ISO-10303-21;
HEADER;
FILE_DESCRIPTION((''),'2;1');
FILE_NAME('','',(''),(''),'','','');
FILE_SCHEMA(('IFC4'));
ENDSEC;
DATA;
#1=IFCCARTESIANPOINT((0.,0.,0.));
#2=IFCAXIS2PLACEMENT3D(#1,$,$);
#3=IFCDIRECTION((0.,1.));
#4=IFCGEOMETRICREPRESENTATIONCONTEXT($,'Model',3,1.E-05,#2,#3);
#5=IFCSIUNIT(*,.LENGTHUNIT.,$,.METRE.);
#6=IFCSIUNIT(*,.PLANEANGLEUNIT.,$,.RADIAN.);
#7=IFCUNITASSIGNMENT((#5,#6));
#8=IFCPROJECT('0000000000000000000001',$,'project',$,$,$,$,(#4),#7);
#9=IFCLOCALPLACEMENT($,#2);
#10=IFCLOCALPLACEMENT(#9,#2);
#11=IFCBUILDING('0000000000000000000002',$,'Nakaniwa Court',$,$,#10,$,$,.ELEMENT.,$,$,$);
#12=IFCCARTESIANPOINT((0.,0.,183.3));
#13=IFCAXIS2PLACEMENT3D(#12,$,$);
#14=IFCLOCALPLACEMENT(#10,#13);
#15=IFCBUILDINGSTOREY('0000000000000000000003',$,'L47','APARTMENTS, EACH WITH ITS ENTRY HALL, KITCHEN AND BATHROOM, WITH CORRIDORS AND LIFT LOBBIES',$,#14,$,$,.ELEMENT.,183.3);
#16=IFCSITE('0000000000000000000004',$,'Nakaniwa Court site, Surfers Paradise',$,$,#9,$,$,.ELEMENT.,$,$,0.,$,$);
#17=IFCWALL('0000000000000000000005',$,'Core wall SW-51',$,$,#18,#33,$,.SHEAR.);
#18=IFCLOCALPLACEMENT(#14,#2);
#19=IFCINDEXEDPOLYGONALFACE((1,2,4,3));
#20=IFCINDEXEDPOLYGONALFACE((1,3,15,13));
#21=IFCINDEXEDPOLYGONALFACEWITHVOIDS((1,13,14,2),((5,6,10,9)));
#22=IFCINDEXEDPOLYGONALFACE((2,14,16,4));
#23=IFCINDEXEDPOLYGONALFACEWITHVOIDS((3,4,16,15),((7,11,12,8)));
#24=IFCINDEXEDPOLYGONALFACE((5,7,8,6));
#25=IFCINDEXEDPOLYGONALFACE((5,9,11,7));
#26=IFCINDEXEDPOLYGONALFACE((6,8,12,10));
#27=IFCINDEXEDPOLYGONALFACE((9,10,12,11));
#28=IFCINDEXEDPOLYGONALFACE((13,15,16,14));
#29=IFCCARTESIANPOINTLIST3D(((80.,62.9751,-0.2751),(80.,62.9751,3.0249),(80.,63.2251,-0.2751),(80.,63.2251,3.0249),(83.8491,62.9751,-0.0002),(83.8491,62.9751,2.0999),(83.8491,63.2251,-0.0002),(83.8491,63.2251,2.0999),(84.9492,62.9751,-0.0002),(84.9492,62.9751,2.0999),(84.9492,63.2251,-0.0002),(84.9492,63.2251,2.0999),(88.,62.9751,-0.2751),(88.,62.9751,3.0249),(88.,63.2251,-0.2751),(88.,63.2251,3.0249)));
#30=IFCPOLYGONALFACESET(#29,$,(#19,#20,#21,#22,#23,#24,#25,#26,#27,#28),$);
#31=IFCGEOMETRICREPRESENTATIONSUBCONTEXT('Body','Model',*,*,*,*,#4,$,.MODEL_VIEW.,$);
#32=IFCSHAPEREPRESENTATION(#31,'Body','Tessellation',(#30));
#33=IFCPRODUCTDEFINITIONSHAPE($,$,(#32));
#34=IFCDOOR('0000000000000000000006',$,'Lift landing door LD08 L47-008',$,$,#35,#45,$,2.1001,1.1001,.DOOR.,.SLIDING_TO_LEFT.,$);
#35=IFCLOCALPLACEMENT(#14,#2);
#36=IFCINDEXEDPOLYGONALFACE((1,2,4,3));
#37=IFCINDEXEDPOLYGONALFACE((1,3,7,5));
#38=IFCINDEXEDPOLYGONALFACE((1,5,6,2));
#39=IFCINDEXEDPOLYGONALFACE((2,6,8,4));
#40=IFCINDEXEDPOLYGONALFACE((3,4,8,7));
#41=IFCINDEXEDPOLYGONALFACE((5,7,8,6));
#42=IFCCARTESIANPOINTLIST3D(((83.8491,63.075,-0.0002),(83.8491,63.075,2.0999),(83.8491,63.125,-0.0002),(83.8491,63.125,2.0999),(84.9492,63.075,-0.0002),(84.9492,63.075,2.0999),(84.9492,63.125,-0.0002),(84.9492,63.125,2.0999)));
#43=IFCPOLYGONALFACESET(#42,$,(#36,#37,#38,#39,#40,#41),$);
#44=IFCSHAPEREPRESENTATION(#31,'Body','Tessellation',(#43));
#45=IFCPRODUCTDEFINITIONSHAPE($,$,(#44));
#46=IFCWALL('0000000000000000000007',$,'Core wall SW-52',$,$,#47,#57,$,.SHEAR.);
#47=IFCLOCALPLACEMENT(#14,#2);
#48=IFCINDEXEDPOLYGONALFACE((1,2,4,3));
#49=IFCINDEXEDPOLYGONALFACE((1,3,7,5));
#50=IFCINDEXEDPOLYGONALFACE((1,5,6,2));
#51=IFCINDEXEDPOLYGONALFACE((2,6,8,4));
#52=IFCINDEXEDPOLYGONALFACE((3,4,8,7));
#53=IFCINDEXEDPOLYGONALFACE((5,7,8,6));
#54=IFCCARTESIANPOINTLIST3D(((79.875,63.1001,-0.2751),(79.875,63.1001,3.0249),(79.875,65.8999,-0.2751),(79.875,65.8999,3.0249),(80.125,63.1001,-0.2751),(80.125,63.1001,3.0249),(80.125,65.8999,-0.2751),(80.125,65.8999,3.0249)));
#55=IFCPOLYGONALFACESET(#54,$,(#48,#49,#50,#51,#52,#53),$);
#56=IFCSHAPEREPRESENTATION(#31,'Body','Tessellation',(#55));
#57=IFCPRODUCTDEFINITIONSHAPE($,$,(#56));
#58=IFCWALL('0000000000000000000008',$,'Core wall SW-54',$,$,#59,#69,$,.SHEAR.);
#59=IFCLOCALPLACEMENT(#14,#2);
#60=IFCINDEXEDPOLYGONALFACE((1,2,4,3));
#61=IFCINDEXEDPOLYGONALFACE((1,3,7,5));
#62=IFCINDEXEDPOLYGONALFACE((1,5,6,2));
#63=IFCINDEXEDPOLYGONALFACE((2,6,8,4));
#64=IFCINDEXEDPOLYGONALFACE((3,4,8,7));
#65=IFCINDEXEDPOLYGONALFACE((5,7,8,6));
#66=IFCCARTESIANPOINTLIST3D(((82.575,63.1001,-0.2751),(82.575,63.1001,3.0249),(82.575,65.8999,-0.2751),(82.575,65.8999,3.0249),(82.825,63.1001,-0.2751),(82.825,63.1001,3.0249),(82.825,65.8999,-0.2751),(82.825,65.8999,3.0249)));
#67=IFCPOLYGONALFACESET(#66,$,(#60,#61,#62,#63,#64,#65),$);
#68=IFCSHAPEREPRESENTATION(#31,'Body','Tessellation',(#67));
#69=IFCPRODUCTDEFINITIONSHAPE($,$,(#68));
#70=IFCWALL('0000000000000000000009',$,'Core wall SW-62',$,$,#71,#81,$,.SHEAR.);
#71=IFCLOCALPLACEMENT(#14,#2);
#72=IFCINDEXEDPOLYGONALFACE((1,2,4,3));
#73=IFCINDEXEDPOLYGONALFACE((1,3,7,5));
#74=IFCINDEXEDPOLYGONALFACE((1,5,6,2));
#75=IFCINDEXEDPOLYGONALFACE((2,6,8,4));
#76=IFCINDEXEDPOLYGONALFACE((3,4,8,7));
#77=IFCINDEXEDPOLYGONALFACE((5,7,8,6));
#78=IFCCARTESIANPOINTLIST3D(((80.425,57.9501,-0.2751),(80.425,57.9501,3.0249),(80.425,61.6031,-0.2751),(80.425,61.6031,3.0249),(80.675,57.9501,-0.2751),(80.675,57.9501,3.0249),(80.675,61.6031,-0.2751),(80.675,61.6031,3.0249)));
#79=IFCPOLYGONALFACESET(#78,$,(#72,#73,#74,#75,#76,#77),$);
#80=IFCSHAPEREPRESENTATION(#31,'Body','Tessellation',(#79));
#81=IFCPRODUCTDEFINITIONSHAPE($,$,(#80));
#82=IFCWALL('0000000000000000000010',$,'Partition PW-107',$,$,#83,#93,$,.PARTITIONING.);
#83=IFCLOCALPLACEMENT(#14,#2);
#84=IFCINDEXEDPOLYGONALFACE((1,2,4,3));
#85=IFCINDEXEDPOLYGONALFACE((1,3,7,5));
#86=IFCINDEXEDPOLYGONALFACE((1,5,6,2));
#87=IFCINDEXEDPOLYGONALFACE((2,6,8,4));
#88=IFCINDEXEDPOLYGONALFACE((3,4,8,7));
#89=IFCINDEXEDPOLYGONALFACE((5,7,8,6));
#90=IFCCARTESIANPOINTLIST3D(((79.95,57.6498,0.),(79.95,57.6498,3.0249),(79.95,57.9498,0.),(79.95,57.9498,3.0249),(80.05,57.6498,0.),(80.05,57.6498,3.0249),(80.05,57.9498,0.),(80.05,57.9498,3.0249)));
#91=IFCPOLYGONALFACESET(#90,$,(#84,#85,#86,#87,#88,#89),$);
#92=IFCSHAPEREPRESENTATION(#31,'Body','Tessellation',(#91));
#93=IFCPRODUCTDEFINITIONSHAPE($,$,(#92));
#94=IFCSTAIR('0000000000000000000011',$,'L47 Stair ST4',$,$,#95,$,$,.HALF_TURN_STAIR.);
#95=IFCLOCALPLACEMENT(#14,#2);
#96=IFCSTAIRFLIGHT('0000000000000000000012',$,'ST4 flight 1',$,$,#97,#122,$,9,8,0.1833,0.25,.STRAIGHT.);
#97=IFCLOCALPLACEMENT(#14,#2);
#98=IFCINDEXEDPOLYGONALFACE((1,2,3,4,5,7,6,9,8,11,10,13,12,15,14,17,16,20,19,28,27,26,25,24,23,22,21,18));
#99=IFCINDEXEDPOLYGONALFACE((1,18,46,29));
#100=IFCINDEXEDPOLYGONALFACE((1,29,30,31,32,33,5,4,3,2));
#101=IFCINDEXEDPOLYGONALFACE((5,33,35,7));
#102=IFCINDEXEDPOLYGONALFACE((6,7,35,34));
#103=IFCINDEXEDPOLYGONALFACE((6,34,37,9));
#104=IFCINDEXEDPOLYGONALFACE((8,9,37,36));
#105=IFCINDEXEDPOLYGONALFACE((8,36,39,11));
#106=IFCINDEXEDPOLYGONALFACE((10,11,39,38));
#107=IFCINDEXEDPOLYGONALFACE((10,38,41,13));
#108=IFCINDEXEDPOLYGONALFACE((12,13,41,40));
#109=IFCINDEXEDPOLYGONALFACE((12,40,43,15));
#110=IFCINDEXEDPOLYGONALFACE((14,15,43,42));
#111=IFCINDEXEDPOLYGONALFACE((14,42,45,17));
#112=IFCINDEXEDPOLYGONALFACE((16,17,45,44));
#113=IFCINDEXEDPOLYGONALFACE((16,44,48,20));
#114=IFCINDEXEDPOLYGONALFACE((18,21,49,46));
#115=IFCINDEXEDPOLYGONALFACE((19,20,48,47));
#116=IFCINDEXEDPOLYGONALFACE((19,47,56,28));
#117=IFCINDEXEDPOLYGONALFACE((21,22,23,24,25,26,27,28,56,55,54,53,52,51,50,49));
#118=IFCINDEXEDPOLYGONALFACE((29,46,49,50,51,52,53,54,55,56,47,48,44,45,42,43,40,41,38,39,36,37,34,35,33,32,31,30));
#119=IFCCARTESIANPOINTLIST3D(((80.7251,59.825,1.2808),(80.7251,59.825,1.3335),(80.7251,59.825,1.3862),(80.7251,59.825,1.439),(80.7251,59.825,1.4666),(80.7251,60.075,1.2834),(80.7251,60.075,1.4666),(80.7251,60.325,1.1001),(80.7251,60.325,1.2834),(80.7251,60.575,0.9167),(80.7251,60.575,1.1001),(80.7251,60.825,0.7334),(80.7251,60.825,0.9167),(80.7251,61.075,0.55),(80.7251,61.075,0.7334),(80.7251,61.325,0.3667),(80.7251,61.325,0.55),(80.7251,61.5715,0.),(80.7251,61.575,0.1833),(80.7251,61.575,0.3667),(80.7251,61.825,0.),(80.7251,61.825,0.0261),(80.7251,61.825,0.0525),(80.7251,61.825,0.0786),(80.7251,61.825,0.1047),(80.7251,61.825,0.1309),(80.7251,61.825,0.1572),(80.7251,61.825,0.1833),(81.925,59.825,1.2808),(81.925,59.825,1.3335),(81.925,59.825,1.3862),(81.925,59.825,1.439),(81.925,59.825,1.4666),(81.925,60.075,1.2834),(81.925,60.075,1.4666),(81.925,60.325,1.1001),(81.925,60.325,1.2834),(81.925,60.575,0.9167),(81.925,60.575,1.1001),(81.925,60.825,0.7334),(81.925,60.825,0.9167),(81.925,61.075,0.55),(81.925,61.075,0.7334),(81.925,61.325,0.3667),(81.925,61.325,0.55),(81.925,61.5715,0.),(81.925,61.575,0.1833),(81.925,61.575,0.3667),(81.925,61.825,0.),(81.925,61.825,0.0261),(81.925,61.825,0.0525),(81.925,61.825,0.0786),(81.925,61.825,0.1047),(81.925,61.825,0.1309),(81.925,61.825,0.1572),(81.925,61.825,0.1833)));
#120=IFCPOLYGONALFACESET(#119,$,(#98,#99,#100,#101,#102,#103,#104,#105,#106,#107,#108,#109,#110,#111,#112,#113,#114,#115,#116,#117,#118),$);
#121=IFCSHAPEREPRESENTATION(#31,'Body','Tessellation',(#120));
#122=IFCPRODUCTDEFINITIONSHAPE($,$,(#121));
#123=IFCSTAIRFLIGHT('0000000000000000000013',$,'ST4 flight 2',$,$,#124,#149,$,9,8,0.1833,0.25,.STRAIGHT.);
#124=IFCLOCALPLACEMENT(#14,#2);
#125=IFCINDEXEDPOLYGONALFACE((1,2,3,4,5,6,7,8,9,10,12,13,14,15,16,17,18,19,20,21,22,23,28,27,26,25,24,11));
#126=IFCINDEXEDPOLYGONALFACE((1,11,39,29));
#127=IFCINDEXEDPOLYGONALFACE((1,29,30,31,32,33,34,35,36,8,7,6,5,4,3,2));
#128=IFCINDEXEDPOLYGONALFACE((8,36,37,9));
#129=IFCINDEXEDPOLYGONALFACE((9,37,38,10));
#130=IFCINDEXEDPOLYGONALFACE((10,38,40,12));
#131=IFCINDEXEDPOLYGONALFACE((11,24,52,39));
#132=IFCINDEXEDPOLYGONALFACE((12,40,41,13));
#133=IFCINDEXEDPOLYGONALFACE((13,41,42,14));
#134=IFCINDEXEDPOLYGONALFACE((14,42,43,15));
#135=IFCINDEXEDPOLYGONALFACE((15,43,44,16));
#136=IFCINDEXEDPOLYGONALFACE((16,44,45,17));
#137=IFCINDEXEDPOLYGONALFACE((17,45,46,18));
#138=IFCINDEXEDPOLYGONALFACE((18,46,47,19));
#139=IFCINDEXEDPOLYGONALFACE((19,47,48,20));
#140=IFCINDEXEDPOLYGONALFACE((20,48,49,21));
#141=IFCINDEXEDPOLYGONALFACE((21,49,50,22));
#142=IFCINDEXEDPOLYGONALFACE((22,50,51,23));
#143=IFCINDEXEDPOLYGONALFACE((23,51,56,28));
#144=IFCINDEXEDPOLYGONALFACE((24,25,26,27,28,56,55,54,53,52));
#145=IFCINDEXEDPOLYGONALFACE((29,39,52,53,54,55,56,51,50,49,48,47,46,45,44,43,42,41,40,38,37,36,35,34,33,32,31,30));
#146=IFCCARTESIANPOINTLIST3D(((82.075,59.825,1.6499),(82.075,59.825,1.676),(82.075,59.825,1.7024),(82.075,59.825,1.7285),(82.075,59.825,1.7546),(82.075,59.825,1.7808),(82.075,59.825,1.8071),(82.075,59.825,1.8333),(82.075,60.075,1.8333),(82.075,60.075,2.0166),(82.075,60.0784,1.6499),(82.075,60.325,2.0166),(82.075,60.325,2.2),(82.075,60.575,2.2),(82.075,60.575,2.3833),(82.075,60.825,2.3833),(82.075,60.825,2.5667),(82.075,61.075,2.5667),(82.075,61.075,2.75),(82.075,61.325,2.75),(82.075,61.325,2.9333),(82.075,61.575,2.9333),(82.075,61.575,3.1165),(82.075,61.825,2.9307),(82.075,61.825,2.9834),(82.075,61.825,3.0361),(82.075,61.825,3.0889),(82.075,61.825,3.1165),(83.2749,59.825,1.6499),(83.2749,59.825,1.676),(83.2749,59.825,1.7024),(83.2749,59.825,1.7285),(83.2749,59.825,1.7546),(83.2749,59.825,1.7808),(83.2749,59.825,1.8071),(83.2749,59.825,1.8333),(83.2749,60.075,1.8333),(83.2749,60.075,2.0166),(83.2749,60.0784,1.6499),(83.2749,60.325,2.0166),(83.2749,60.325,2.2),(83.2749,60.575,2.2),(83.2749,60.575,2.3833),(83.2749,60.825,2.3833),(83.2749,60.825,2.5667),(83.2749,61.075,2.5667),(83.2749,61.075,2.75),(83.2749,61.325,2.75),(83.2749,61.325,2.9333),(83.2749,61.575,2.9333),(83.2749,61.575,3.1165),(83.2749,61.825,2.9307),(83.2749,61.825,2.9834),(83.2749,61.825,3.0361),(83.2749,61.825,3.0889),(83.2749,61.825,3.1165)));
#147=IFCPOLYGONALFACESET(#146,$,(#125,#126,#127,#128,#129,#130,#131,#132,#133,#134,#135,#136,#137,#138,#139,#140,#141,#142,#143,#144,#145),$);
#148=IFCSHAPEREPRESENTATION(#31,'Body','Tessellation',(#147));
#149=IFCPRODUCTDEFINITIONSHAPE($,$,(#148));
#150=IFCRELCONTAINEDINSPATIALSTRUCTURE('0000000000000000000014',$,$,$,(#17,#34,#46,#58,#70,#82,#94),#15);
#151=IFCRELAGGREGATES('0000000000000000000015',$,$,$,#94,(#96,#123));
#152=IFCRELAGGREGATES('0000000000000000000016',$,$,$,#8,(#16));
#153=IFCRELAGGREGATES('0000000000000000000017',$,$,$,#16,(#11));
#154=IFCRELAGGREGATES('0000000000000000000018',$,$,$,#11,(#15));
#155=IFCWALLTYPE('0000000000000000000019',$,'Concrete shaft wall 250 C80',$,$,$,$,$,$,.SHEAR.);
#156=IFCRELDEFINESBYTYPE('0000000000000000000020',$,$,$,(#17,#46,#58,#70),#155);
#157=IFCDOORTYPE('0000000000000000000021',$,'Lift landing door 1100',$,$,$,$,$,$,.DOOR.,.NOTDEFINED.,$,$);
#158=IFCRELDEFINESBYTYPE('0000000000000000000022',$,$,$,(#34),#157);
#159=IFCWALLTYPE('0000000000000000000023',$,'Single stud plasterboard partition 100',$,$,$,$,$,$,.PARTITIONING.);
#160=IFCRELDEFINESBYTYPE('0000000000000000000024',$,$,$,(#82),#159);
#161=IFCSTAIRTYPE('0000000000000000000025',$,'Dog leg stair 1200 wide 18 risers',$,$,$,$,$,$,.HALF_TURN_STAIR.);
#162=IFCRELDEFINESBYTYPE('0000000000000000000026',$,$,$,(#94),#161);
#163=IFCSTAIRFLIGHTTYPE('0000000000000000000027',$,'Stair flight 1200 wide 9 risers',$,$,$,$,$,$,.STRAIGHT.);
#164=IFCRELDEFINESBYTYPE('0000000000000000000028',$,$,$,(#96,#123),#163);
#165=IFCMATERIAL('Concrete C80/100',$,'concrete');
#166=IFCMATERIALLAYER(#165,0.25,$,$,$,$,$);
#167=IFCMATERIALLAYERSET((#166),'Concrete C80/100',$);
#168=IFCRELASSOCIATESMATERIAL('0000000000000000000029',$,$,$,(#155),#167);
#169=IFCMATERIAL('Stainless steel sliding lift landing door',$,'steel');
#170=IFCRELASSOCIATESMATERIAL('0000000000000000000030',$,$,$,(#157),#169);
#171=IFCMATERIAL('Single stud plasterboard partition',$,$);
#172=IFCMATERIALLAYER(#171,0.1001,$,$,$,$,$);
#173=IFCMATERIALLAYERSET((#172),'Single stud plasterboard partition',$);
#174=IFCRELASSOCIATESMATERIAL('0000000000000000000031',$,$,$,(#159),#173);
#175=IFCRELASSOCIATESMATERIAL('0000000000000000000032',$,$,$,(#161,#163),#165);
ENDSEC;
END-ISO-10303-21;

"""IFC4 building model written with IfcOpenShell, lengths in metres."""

from ifc_helpers import new_model, si_unit, direction, frame, frame_2d, origin, place, context, subcontext, project, spatial, polyline, rectangle, outline, extrude, material, layer, layer_set, type_object, element, fill, aggregate, save


model = new_model("IFC4")

# Units and contexts
model_context = context("Model", 3, precision=1e-05, world=origin(), true_north=direction((0.0, 1.0)))
body_context = subcontext(model_context, "Body", "Model", "MODEL_VIEW")
ifc_project = project(units=[si_unit("LENGTHUNIT", "METRE"), si_unit("PLANEANGLEUNIT", "RADIAN")], contexts=[model_context])

# Site, building, storey
site_placement = place(None, origin())
site = spatial("IfcSite", under=ifc_project, at=site_placement, Name="Nakaniwa Court site, Surfers Paradise", CompositionType="ELEMENT", RefElevation=0.0)
building_placement = place(site_placement, origin())
building = spatial("IfcBuilding", under=site, at=building_placement, Name="Nakaniwa Court", CompositionType="ELEMENT")
storey_placement = place(building_placement, frame((0.0, 0.0, 183.3)))
storey = spatial("IfcBuildingStorey", under=building, at=storey_placement, Name="L47", Description="APARTMENTS, EACH WITH ITS ENTRY HALL, KITCHEN AND BATHROOM, WITH CORRIDORS AND LIFT LOBBIES", CompositionType="ELEMENT", Elevation=183.3)

# Shared definitions
ifc_material_1 = material(Name="Concrete C80/100", Category="concrete")

# Shared definitions
ifc_layer_1 = layer(ifc_material_1, 0.25)
ifc_layer_set_1 = layer_set([ifc_layer_1], Name="Concrete C80/100")
wall_type_1 = type_object("IfcWallType", Name="Concrete shaft wall 250 C80", PredefinedType="SHEAR", material=ifc_layer_set_1)

# Wall, opening, door
wall_1_placement = place(storey_placement, frame((80.0, 63.1001, -0.2751), z_axis=(0.0, 0.0, 1.0), x_axis=(1.0, 0.0, 0.0)))
wall_1 = element("IfcWall", 1, at=wall_1_placement, inside=storey, type_object=wall_type_1, Name="Core wall SW-51", PredefinedType="SHEAR", context=body_context, shape_type="SweptSolid", body=[
    extrude(rectangle(XDim=8.0, YDim=0.25, at=frame_2d((4.0, 0.0))), origin(), (0.0, 0.0, 1.0), 3.3),
])
opening_1_placement = place(wall_1_placement, frame((3.8491, 0.0, 0.2749)))
opening_1 = element("IfcOpeningElement", 2, at=opening_1_placement, cuts=wall_1, PredefinedType="OPENING", context=body_context, shape_type="SweptSolid", body=[
    extrude(rectangle(XDim=1.1001, YDim=2.1001, at=frame_2d((0.55, 1.05))), frame((0.0, 0.135, 0.0), z_axis=(0.0, -1.0, 0.0), x_axis=(1.0, 0.0, 0.0)), (0.0, 0.0, 1.0), 0.27),
])
ifc_material_2 = material(Name="Stainless steel sliding lift landing door", Category="steel")
door_type_1 = type_object("IfcDoorType", Name="Lift landing door 1100", OperationType="NOTDEFINED", PredefinedType="DOOR", material=ifc_material_2)
door_1_placement = place(opening_1_placement, origin())
door_1 = element("IfcDoor", 3, at=door_1_placement, inside=storey, type_object=door_type_1, Name="Lift landing door LD08 L47-008", OperationType="SLIDING_TO_LEFT", OverallHeight=2.1001, OverallWidth=1.1001, PredefinedType="DOOR", context=body_context, shape_type="SweptSolid", body=[
    extrude(rectangle(XDim=1.1001, YDim=2.1001, at=frame_2d((0.55, 1.05))), frame((0.0, 0.0249, 0.0), z_axis=(0.0, -1.0, 0.0), x_axis=(1.0, 0.0, 0.0)), (0.0, 0.0, 1.0), 0.05),
])
fill(opening_1, door_1)

# Walls
for number, where, z_axis, x_axis, name in (
    (4, (80.0, 63.1001, -0.2751), (0.0, 0.0, 1.0), (0.0, 1.0, 0.0), "Core wall SW-52"),
    (5, (82.7, 63.1001, -0.2751), (0.0, 0.0, 1.0), (0.0, 1.0, 0.0), "Core wall SW-54"),
):
    element("IfcWall", number, at=place(storey_placement, frame(where, z_axis=z_axis, x_axis=x_axis)), inside=storey, type_object=wall_type_1, Name=name, PredefinedType="SHEAR", context=body_context, shape_type="SweptSolid", body=[
        extrude(rectangle(XDim=2.7998, YDim=0.25, at=frame_2d((1.3999, 0.0))), origin(), (0.0, 0.0, 1.0), 3.3),
    ])
wall_2_placement = place(storey_placement, frame((80.55, 57.95, -0.2751), z_axis=(0.0, 0.0, 1.0), x_axis=(0.0, 1.0, 0.0)))
element("IfcWall", 6, at=wall_2_placement, inside=storey, type_object=wall_type_1, Name="Core wall SW-62", PredefinedType="SHEAR", context=body_context, shape_type="SweptSolid", body=[
    extrude(rectangle(XDim=3.6531, YDim=0.25, at=frame_2d((1.8267, 0.0))), origin(), (0.0, 0.0, 1.0), 3.3),
])
ifc_material_3 = material(Name="Single stud plasterboard partition")
ifc_layer_2 = layer(ifc_material_3, 0.1001)
ifc_layer_set_2 = layer_set([ifc_layer_2], Name="Single stud plasterboard partition")
wall_type_2 = type_object("IfcWallType", Name="Single stud plasterboard partition 100", PredefinedType="PARTITIONING", material=ifc_layer_set_2)
wall_3_placement = place(storey_placement, frame((80.0, 57.6499, 0.0), z_axis=(0.0, 0.0, 1.0), x_axis=(0.0, 1.0, 0.0)))
element("IfcWall", 7, at=wall_3_placement, inside=storey, type_object=wall_type_2, Name="Partition PW-107", PredefinedType="PARTITIONING", context=body_context, shape_type="SweptSolid", body=[
    extrude(rectangle(XDim=0.3, YDim=0.1001, at=frame_2d((0.1499, 0.0))), origin(), (0.0, 0.0, 1.0), 3.0249),
])

# Stair, stair flights
stair_type = type_object("IfcStairType", Name="Dog leg stair 1200 wide 18 risers", PredefinedType="HALF_TURN_STAIR", material=ifc_material_1)
stair_placement = place(storey_placement, origin())
stair = element("IfcStair", 8, at=stair_placement, inside=storey, type_object=stair_type, Name="L47 Stair ST4", PredefinedType="HALF_TURN_STAIR")
stair_flight_type = type_object("IfcStairFlightType", Name="Stair flight 1200 wide 9 risers", PredefinedType="STRAIGHT", material=ifc_material_1)
stair_flight_1_placement = place(storey_placement, frame((81.325, 61.825, 0.0), z_axis=(0.0, 0.0, 1.0), x_axis=(0.0, -1.0, 0.0)))
stair_flight_1 = element("IfcStairFlight", 9, at=stair_flight_1_placement, type_object=stair_flight_type, Name="ST4 flight 1", NumberOfRisers=9, NumberOfTreads=8, PredefinedType="STRAIGHT", RiserHeight=0.1833, TreadLength=0.25, context=body_context, shape_type="SweptSolid", body=[
    extrude(outline(polyline([(0.0, 0.0), (0.0, 0.0261), (0.0, 0.0525), (0.0, 0.0786), (0.0, 0.1047), (0.0, 0.1309), (0.0, 0.1572), (0.0, 0.1833), (0.25, 0.1833), (0.25, 0.3667), (0.5, 0.3667), (0.5, 0.55), (0.75, 0.55), (0.75, 0.7334), (1.0, 0.7334), (1.0, 0.9167), (1.25, 0.9167), (1.25, 1.1001), (1.5, 1.1001), (1.5, 1.2834), (1.75, 1.2834), (1.75, 1.4666), (2.0, 1.4666), (2.0, 1.6499), (2.0, 1.5972), (2.0, 1.5444), (2.0, 1.4917), (2.0, 1.439), (2.0, 1.3862), (2.0, 1.3335), (2.0, 1.2808), (0.2534, 0.0), (0.0, 0.0)])), frame((0.0, 0.6001, 0.0), z_axis=(0.0, -1.0, 0.0), x_axis=(1.0, 0.0, 0.0)), (0.0, 0.0, 1.0), 1.2),
])
stair_flight_2_placement = place(storey_placement, frame((82.675, 59.825, 1.6499), z_axis=(0.0, 0.0, 1.0), x_axis=(0.0, 1.0, 0.0)))
stair_flight_2 = element("IfcStairFlight", 10, at=stair_flight_2_placement, type_object=stair_flight_type, Name="ST4 flight 2", NumberOfRisers=9, NumberOfTreads=8, PredefinedType="STRAIGHT", RiserHeight=0.1833, TreadLength=0.25, context=body_context, shape_type="SweptSolid", body=[
    extrude(outline(polyline([(0.0, 0.0), (0.0, 0.0261), (0.0, 0.0525), (0.0, 0.0786), (0.0, 0.1047), (0.0, 0.1309), (0.0, 0.1572), (0.0, 0.1833), (0.25, 0.1833), (0.25, 0.3667), (0.5, 0.3667), (0.5, 0.55), (0.75, 0.55), (0.75, 0.7334), (1.0, 0.7334), (1.0, 0.9167), (1.25, 0.9167), (1.25, 1.1001), (1.5, 1.1001), (1.5, 1.2834), (1.75, 1.2834), (1.75, 1.4666), (2.0, 1.4666), (2.0, 1.6499), (2.0, 1.5972), (2.0, 1.5444), (2.0, 1.4917), (2.0, 1.439), (2.0, 1.3862), (2.0, 1.3335), (2.0, 1.2808), (0.2534, 0.0), (0.0, 0.0)])), frame((0.0, 0.6001, 0.0), z_axis=(0.0, -1.0, 0.0), x_axis=(1.0, 0.0, 0.0)), (0.0, 0.0, 1.0), 1.2),
])
aggregate(stair, [stair_flight_1, stair_flight_2])

save(model, "model.ifc")
